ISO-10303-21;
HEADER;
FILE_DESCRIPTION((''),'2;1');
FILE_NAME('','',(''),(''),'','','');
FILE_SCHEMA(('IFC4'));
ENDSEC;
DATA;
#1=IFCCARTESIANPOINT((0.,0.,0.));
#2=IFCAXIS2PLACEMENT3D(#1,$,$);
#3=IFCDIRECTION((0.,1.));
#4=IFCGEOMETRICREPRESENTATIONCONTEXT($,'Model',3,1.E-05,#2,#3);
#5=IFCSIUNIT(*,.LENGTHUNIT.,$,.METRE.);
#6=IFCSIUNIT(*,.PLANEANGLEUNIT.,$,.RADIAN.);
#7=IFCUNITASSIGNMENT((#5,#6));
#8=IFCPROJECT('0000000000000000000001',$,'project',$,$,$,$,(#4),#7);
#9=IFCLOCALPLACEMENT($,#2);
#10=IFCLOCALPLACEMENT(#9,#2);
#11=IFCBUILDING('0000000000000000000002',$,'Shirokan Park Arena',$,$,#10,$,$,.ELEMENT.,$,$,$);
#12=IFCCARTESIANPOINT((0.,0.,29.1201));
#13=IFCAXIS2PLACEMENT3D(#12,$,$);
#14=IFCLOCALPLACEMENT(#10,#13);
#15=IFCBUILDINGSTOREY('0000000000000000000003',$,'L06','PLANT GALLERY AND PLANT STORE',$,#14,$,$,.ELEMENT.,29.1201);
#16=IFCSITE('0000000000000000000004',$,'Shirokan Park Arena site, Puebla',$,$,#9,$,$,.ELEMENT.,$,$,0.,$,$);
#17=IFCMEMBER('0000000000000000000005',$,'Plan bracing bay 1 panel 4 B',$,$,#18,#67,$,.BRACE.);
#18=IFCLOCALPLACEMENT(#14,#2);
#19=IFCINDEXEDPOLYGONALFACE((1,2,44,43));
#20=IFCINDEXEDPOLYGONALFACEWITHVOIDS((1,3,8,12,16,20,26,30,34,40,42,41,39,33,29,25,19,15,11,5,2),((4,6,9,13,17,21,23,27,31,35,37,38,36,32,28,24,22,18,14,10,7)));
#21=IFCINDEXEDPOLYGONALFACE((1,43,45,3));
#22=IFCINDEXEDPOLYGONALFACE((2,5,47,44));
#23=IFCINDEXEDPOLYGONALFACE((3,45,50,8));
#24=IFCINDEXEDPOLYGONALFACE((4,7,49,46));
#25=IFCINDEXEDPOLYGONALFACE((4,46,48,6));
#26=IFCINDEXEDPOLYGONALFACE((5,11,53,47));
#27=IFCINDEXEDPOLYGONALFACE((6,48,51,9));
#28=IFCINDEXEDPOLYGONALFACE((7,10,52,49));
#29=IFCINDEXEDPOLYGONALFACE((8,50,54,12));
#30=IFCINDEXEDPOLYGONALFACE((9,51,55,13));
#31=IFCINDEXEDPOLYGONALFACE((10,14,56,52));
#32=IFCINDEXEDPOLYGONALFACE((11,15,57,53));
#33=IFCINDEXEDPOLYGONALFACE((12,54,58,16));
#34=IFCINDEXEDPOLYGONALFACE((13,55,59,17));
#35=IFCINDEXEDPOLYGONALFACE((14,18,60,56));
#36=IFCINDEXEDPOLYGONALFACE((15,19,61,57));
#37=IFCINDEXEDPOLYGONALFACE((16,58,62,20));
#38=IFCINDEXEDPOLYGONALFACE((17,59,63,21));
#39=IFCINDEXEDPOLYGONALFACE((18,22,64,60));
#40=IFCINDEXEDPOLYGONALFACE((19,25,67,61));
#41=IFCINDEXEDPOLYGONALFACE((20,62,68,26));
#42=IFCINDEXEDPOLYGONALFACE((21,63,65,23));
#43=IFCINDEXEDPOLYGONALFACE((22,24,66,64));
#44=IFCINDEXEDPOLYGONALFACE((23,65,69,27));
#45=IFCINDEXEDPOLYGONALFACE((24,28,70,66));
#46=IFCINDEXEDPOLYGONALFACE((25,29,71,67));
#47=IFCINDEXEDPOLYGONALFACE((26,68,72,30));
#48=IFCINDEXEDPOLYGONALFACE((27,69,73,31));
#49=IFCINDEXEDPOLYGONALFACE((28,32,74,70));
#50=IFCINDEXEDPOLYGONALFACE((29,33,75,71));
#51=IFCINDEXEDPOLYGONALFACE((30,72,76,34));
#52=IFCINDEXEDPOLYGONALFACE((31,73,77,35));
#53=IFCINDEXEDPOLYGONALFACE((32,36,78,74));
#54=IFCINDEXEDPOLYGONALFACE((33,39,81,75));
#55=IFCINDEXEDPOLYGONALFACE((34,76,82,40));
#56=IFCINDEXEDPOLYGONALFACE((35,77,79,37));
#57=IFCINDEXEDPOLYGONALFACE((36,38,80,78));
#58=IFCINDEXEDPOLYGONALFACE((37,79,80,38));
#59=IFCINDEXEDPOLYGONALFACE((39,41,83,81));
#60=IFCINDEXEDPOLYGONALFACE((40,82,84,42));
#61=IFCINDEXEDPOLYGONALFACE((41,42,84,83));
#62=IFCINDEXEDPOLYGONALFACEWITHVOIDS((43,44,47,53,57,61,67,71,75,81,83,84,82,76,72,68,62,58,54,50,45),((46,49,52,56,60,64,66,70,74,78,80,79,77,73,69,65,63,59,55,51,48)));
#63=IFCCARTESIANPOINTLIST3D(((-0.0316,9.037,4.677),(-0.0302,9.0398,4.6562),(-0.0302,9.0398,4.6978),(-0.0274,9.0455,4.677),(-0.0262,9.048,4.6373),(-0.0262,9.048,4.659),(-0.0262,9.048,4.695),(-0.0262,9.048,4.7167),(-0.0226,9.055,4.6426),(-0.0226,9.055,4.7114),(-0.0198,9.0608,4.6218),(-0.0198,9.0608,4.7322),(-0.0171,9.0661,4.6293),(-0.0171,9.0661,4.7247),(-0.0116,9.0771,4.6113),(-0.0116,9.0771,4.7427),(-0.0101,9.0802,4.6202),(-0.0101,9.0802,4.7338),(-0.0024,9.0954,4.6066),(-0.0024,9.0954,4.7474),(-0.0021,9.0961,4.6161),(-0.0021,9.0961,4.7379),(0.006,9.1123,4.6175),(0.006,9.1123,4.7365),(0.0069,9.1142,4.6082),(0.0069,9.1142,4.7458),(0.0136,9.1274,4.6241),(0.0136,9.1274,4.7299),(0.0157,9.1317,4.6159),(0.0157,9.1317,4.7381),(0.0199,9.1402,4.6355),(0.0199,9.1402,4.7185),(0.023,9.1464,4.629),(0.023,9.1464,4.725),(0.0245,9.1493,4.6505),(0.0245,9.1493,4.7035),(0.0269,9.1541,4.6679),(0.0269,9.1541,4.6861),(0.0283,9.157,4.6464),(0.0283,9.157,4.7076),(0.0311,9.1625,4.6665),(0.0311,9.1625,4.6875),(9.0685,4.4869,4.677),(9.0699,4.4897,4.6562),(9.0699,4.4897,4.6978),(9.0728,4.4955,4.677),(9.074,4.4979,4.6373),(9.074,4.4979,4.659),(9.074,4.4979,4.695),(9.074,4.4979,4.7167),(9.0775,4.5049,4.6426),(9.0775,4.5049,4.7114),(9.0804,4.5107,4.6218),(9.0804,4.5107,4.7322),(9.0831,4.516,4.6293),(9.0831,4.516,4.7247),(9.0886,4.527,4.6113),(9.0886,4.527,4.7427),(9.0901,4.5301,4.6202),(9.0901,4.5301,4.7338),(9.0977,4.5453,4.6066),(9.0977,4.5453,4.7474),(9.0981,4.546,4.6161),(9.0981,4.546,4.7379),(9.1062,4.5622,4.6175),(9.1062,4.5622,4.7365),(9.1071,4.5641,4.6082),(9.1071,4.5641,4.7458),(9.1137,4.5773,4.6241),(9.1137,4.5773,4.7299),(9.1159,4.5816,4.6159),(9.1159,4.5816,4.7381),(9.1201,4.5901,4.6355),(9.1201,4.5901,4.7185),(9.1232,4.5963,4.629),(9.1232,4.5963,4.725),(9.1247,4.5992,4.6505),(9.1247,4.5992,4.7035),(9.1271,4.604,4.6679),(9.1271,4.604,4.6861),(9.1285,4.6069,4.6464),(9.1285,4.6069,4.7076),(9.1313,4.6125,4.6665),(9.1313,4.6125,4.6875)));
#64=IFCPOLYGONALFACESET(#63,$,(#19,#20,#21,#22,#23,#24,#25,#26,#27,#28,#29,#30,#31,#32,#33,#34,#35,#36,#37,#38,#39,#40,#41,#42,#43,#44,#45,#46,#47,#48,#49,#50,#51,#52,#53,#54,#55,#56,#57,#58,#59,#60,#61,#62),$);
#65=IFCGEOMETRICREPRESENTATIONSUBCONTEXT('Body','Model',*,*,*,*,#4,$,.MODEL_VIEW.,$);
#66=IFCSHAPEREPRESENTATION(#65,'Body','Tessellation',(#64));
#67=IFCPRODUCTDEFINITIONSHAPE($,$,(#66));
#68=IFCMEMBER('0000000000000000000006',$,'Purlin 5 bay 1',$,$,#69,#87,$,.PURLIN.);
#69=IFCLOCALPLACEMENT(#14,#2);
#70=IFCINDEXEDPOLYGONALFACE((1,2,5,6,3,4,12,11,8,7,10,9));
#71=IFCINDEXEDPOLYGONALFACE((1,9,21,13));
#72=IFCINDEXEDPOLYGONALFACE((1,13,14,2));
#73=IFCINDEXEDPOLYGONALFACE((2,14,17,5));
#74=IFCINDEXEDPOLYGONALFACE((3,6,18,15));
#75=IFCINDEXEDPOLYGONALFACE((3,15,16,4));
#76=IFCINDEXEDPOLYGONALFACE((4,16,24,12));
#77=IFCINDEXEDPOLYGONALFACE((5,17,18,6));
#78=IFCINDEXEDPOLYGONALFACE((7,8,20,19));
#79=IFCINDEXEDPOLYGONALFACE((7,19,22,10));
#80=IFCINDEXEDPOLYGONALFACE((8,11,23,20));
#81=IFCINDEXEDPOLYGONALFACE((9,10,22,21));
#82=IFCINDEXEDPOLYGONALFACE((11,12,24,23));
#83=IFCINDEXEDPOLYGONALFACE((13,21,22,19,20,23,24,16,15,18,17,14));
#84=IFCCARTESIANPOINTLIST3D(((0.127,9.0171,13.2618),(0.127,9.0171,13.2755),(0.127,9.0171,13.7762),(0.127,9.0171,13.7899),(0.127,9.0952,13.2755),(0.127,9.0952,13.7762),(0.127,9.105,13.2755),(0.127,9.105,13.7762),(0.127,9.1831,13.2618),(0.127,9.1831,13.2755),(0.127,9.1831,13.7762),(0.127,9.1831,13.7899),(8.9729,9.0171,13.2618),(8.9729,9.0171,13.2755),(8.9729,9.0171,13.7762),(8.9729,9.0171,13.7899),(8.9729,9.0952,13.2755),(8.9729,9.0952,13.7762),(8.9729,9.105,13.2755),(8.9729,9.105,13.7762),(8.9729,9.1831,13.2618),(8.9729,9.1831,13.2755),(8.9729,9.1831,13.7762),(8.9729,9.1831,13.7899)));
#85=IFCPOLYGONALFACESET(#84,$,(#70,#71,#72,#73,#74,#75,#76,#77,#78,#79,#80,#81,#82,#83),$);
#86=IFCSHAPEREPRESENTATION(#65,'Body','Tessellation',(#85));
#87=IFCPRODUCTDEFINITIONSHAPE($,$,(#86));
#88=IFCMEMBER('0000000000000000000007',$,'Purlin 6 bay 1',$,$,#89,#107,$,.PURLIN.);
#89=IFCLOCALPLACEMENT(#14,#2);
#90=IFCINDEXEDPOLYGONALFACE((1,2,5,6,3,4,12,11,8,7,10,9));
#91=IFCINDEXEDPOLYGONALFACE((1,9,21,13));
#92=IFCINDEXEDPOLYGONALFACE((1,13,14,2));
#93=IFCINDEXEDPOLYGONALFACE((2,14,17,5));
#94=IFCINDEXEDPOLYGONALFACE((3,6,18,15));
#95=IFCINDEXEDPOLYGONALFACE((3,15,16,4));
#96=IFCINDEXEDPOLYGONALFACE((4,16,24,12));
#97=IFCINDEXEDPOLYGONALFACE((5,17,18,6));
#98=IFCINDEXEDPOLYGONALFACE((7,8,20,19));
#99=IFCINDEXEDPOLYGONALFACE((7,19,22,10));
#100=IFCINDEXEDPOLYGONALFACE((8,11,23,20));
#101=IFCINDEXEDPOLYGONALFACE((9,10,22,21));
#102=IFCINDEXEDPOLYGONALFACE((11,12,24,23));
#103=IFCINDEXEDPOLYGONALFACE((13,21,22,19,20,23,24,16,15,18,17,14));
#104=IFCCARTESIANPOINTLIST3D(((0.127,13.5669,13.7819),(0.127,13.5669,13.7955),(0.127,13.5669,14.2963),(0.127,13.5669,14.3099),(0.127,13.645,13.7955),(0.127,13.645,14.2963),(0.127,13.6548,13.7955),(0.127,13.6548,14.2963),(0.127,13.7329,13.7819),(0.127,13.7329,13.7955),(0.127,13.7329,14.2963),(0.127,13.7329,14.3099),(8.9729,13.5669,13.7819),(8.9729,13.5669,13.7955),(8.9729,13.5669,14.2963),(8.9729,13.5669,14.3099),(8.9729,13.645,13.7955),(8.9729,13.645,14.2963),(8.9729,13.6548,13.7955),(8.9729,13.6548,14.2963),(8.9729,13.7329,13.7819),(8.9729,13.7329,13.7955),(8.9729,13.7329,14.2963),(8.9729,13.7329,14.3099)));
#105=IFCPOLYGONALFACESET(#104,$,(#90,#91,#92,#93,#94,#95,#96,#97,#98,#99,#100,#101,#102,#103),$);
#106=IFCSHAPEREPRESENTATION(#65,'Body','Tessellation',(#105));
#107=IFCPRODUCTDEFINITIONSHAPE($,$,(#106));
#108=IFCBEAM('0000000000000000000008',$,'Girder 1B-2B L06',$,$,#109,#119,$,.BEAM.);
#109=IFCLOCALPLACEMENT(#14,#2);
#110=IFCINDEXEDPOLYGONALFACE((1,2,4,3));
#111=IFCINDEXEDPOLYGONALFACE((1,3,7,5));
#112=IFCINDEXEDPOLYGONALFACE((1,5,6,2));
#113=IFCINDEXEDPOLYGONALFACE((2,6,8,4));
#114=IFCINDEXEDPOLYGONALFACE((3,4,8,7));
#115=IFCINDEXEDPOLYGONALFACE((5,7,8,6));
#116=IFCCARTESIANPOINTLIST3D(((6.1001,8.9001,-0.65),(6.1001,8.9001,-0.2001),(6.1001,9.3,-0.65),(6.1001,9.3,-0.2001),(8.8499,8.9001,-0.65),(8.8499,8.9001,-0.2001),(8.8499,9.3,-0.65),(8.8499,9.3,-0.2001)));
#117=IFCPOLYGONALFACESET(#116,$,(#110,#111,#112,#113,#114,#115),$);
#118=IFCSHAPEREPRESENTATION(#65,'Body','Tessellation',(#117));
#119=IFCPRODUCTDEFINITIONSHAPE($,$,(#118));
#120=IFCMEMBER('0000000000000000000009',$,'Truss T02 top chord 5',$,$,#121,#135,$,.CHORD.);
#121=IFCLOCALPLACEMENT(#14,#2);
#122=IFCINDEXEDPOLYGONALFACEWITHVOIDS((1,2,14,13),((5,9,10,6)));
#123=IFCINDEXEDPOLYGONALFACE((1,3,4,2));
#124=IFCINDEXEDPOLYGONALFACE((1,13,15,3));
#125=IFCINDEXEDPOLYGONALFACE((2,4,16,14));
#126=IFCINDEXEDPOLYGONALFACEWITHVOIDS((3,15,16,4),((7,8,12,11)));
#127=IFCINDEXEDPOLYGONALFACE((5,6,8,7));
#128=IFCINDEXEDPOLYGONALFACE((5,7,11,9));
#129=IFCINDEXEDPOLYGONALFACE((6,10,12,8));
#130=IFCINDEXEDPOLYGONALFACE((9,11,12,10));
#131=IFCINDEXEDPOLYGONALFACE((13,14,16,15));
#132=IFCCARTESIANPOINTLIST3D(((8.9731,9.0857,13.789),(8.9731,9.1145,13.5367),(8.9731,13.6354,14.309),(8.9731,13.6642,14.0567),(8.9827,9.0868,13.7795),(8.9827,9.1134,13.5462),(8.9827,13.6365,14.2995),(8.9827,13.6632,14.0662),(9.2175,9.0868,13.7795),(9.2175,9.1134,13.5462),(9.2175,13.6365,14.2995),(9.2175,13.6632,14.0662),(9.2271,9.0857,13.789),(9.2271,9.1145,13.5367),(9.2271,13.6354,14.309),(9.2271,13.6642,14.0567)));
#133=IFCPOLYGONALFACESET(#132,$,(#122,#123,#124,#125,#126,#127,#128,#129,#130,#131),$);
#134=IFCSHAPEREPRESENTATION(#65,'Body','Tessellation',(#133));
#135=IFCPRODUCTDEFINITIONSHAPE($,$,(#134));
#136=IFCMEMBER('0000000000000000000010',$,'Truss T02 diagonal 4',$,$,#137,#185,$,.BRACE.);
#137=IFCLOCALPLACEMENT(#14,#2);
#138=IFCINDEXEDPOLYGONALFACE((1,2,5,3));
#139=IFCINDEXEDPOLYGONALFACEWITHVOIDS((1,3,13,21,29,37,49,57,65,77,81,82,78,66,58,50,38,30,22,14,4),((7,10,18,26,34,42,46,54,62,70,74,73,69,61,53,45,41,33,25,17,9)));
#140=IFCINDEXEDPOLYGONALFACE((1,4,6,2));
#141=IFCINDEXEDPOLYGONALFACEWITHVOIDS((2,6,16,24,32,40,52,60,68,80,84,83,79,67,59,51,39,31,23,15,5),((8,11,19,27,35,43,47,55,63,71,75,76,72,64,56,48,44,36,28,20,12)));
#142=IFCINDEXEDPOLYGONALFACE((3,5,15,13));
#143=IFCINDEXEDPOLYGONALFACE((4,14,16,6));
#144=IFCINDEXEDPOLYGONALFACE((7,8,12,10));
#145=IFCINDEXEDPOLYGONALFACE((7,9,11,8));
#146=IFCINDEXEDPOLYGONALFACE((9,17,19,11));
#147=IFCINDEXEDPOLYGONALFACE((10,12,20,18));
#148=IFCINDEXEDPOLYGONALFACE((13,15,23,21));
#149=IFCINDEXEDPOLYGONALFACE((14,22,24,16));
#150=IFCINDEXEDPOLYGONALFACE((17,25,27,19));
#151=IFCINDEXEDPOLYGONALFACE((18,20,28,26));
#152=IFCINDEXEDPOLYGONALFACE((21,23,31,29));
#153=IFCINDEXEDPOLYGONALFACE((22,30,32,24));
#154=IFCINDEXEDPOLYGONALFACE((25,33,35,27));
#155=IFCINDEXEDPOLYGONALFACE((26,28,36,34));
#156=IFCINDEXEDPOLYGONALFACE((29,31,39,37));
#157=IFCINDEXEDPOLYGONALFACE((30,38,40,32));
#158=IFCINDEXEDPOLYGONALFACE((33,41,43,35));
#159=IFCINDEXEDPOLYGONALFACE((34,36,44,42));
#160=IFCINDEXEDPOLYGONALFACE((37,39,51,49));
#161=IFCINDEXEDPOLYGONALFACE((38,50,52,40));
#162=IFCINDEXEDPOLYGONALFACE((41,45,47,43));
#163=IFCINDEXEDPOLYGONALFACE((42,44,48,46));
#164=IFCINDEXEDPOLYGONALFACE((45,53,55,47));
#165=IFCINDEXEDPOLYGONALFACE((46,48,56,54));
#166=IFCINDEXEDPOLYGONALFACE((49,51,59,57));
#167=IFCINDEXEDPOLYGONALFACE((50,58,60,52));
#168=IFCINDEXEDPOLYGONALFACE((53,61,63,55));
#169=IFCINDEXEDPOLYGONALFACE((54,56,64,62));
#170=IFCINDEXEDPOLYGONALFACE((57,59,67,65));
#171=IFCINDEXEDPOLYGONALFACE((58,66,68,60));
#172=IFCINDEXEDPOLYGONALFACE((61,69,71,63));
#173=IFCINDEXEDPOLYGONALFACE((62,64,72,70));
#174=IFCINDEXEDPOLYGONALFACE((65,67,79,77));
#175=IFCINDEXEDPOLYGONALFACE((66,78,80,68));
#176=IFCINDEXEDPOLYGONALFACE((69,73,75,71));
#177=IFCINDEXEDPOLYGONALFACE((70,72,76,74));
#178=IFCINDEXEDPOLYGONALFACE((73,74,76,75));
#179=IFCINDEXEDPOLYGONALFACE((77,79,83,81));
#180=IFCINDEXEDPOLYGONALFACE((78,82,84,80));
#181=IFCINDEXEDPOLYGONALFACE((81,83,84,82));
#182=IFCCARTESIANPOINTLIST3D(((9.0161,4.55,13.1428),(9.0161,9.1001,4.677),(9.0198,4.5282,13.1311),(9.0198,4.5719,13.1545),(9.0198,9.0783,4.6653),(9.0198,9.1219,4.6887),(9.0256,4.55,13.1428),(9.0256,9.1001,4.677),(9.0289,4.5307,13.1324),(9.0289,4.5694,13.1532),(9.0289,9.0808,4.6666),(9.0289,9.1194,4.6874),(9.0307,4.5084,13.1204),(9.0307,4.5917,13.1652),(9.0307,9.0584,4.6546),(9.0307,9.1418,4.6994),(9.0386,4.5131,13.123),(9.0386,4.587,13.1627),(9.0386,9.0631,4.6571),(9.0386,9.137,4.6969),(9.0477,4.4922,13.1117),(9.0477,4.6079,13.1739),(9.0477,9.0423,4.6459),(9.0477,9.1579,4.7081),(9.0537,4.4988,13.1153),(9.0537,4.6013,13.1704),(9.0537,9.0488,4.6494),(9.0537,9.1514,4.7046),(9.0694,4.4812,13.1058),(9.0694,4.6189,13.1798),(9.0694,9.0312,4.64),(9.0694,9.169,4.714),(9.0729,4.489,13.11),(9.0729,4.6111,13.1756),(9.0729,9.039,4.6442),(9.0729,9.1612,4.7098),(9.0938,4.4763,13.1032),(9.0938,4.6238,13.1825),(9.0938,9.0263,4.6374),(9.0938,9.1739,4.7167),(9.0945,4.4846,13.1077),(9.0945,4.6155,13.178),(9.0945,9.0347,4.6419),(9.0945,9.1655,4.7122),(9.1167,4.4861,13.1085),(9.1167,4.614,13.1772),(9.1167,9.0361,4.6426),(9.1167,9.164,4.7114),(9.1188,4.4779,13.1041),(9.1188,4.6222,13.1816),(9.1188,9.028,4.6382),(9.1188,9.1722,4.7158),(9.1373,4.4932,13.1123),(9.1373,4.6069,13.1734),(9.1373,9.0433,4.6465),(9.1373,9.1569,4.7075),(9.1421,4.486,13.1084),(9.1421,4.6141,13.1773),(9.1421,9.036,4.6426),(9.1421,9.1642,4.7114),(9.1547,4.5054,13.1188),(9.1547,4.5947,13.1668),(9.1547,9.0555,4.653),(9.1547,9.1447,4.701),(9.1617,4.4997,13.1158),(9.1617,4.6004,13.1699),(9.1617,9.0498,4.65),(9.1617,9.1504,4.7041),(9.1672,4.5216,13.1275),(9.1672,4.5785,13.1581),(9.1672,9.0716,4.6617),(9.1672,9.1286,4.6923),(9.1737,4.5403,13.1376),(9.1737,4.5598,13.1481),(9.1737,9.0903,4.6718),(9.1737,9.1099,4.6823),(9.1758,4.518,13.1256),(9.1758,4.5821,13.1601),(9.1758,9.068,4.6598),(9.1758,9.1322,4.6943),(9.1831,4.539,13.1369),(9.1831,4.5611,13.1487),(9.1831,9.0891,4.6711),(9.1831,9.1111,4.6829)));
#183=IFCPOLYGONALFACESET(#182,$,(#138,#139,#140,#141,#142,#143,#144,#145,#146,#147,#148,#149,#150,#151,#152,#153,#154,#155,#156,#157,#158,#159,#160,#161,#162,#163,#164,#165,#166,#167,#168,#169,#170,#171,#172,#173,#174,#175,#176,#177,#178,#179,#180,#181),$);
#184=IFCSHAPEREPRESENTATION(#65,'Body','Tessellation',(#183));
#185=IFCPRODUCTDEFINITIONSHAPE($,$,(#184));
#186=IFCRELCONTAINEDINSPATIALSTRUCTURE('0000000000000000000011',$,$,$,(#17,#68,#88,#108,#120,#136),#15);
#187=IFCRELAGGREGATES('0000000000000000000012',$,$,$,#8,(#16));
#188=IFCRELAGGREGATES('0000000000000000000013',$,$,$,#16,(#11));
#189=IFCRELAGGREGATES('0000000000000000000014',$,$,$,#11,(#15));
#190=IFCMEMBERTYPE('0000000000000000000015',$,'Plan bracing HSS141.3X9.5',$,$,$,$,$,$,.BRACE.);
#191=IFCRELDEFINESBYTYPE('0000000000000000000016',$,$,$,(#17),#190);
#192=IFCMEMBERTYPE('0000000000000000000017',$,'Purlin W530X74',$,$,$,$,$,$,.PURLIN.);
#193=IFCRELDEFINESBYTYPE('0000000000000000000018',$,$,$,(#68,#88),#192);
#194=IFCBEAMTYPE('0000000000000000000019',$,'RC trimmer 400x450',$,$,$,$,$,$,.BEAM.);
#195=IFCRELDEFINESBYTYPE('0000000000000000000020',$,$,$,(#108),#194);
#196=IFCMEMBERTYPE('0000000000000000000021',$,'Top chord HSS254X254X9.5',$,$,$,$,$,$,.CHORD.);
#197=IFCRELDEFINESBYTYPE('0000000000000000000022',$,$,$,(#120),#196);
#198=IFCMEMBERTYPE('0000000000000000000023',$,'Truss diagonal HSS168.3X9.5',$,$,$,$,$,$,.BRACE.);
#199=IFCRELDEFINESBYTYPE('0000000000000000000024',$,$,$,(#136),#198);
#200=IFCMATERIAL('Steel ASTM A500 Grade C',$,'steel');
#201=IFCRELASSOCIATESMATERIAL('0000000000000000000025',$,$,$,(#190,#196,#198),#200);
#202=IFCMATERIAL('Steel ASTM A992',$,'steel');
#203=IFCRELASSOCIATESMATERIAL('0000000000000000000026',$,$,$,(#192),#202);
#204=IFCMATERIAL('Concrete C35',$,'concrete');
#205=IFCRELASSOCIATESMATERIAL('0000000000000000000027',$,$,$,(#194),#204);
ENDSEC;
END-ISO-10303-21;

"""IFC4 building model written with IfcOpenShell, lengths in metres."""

from ifc_helpers import new_model, si_unit, direction, frame, origin, origin_2d, place, context, subcontext, project, spatial, rectangle, hollow_rectangle, hollow_circle, i_section, extrude, material, material_profile, profile_set, type_object, element, save


model = new_model("IFC4")

# Units and contexts
model_context = context("Model", 3, precision=1e-05, world=origin(), true_north=direction((0.0, 1.0)))
body_context = subcontext(model_context, "Body", "Model", "MODEL_VIEW")
ifc_project = project(units=[si_unit("LENGTHUNIT", "METRE"), si_unit("PLANEANGLEUNIT", "RADIAN")], contexts=[model_context])

# Site, building, storey
site_placement = place(None, origin())
site = spatial("IfcSite", under=ifc_project, at=site_placement, Name="Shirokan Park Arena site, Puebla", CompositionType="ELEMENT", RefElevation=0.0)
building_placement = place(site_placement, origin())
building = spatial("IfcBuilding", under=site, at=building_placement, Name="Shirokan Park Arena", CompositionType="ELEMENT")
storey_placement = place(building_placement, frame((0.0, 0.0, 29.1201)))
storey = spatial("IfcBuildingStorey", under=building, at=storey_placement, Name="L06", Description="PLANT GALLERY AND PLANT STORE", CompositionType="ELEMENT", Elevation=29.1201)

# Shared definitions
ifc_material_1 = material(Name="Concrete C35", Category="concrete")

# Members
ifc_material_2 = material(Name="Steel ASTM A500 Grade C", Category="steel")
ifc_material_profile_1 = material_profile(ifc_material_2, hollow_circle(Radius=0.0706, WallThickness=0.0095, at=origin_2d()), Name="HSS141.3X9.5")
ifc_profile_set_1 = profile_set([ifc_material_profile_1], Name="Steel ASTM A500 Grade C")
member_type_1 = type_object("IfcMemberType", Name="Plan bracing HSS141.3X9.5", PredefinedType="BRACE", material=ifc_profile_set_1)
member_1_placement = place(storey_placement, frame((9.1001, 4.55, 4.677), z_axis=(-0.894427, 0.447214, 0.0), x_axis=(-0.447214, -0.894427, 0.0)))
element("IfcMember", 1, at=member_1_placement, inside=storey, type_object=member_type_1, Name="Plan bracing bay 1 panel 4 B", PredefinedType="BRACE", context=body_context, shape_type="SweptSolid", body=[
    extrude(hollow_circle(Radius=0.0706, WallThickness=0.0095, at=origin_2d()), origin(), (0.0, 0.0, 1.0), 10.1743),
])
ifc_material_3 = material(Name="Steel ASTM A992", Category="steel")
ifc_material_profile_2 = material_profile(ifc_material_3, i_section(OverallWidth=0.166, OverallDepth=0.5281, WebThickness=0.0098, FlangeThickness=0.0137, at=origin_2d()), Name="W530X74")
ifc_profile_set_2 = profile_set([ifc_material_profile_2], Name="Steel ASTM A992")
member_type_2 = type_object("IfcMemberType", Name="Purlin W530X74", PredefinedType="PURLIN", material=ifc_profile_set_2)
for number, where, z_axis, x_axis, name in (
    (2, (0.127, 9.1001, 13.5259), (1.0, 0.0, 0.0), (0.0, 1.0, 0.0), "Purlin 5 bay 1"),
    (3, (0.127, 13.6499, 14.0459), (1.0, 0.0, 0.0), (0.0, 1.0, 0.0), "Purlin 6 bay 1"),
):
    element("IfcMember", number, at=place(storey_placement, frame(where, z_axis=z_axis, x_axis=x_axis)), inside=storey, type_object=member_type_2, Name=name, PredefinedType="PURLIN", context=body_context, shape_type="SweptSolid", body=[
        extrude(i_section(OverallWidth=0.166, OverallDepth=0.5281, WebThickness=0.0098, FlangeThickness=0.0137, at=origin_2d()), origin(), (0.0, 0.0, 1.0), 8.8459),
    ])

# Beam
ifc_material_profile_3 = material_profile(ifc_material_1, rectangle(XDim=0.3999, YDim=0.45, at=origin_2d()), Name="400x450")
ifc_profile_set_3 = profile_set([ifc_material_profile_3], Name="Concrete C35")
beam_type = type_object("IfcBeamType", Name="RC trimmer 400x450", PredefinedType="BEAM", material=ifc_profile_set_3)
beam_placement = place(storey_placement, frame((6.1001, 9.1001, -0.425), z_axis=(1.0, 0.0, 0.0), x_axis=(0.0, 1.0, 0.0)))
element("IfcBeam", 4, at=beam_placement, inside=storey, type_object=beam_type, Name="Girder 1B-2B L06", PredefinedType="BEAM", context=body_context, shape_type="SweptSolid", body=[
    extrude(rectangle(XDim=0.3999, YDim=0.45, at=origin_2d()), origin(), (0.0, 0.0, 1.0), 2.7498),
])

# Members
ifc_material_profile_4 = material_profile(ifc_material_2, hollow_rectangle(XDim=0.2539, YDim=0.2539, WallThickness=0.0095, at=origin_2d()), Name="HSS254X254X9.5")
ifc_profile_set_4 = profile_set([ifc_material_profile_4], Name="Steel ASTM A500 Grade C")
member_type_3 = type_object("IfcMemberType", Name="Top chord HSS254X254X9.5", PredefinedType="CHORD", material=ifc_profile_set_4)
member_2_placement = place(storey_placement, frame((9.1001, 9.1001, 13.6628), z_axis=(0.0, 0.993532, 0.113556), x_axis=(-1.0, 0.0, 0.0)))
element("IfcMember", 5, at=member_2_placement, inside=storey, type_object=member_type_3, Name="Truss T02 top chord 5", PredefinedType="CHORD", context=body_context, shape_type="SweptSolid", body=[
    extrude(hollow_rectangle(XDim=0.2539, YDim=0.2539, WallThickness=0.0095, at=origin_2d()), origin(), (0.0, 0.0, 1.0), 4.5793),
])
ifc_material_profile_5 = material_profile(ifc_material_2, hollow_circle(Radius=0.084, WallThickness=0.0095, at=origin_2d()), Name="HSS168.3X9.5")
ifc_profile_set_5 = profile_set([ifc_material_profile_5], Name="Steel ASTM A500 Grade C")
member_type_4 = type_object("IfcMemberType", Name="Truss diagonal HSS168.3X9.5", PredefinedType="BRACE", material=ifc_profile_set_5)
member_3_placement = place(storey_placement, frame((9.1001, 4.55, 13.1428), z_axis=(0.0, 0.473417, -0.880839), x_axis=(-1.0, 0.0, 0.0)))
element("IfcMember", 6, at=member_3_placement, inside=storey, type_object=member_type_4, Name="Truss T02 diagonal 4", PredefinedType="BRACE", context=body_context, shape_type="SweptSolid", body=[
    extrude(hollow_circle(Radius=0.084, WallThickness=0.0095, at=origin_2d()), origin(), (0.0, 0.0, 1.0), 9.6111),
])

save(model, "model.ifc")
